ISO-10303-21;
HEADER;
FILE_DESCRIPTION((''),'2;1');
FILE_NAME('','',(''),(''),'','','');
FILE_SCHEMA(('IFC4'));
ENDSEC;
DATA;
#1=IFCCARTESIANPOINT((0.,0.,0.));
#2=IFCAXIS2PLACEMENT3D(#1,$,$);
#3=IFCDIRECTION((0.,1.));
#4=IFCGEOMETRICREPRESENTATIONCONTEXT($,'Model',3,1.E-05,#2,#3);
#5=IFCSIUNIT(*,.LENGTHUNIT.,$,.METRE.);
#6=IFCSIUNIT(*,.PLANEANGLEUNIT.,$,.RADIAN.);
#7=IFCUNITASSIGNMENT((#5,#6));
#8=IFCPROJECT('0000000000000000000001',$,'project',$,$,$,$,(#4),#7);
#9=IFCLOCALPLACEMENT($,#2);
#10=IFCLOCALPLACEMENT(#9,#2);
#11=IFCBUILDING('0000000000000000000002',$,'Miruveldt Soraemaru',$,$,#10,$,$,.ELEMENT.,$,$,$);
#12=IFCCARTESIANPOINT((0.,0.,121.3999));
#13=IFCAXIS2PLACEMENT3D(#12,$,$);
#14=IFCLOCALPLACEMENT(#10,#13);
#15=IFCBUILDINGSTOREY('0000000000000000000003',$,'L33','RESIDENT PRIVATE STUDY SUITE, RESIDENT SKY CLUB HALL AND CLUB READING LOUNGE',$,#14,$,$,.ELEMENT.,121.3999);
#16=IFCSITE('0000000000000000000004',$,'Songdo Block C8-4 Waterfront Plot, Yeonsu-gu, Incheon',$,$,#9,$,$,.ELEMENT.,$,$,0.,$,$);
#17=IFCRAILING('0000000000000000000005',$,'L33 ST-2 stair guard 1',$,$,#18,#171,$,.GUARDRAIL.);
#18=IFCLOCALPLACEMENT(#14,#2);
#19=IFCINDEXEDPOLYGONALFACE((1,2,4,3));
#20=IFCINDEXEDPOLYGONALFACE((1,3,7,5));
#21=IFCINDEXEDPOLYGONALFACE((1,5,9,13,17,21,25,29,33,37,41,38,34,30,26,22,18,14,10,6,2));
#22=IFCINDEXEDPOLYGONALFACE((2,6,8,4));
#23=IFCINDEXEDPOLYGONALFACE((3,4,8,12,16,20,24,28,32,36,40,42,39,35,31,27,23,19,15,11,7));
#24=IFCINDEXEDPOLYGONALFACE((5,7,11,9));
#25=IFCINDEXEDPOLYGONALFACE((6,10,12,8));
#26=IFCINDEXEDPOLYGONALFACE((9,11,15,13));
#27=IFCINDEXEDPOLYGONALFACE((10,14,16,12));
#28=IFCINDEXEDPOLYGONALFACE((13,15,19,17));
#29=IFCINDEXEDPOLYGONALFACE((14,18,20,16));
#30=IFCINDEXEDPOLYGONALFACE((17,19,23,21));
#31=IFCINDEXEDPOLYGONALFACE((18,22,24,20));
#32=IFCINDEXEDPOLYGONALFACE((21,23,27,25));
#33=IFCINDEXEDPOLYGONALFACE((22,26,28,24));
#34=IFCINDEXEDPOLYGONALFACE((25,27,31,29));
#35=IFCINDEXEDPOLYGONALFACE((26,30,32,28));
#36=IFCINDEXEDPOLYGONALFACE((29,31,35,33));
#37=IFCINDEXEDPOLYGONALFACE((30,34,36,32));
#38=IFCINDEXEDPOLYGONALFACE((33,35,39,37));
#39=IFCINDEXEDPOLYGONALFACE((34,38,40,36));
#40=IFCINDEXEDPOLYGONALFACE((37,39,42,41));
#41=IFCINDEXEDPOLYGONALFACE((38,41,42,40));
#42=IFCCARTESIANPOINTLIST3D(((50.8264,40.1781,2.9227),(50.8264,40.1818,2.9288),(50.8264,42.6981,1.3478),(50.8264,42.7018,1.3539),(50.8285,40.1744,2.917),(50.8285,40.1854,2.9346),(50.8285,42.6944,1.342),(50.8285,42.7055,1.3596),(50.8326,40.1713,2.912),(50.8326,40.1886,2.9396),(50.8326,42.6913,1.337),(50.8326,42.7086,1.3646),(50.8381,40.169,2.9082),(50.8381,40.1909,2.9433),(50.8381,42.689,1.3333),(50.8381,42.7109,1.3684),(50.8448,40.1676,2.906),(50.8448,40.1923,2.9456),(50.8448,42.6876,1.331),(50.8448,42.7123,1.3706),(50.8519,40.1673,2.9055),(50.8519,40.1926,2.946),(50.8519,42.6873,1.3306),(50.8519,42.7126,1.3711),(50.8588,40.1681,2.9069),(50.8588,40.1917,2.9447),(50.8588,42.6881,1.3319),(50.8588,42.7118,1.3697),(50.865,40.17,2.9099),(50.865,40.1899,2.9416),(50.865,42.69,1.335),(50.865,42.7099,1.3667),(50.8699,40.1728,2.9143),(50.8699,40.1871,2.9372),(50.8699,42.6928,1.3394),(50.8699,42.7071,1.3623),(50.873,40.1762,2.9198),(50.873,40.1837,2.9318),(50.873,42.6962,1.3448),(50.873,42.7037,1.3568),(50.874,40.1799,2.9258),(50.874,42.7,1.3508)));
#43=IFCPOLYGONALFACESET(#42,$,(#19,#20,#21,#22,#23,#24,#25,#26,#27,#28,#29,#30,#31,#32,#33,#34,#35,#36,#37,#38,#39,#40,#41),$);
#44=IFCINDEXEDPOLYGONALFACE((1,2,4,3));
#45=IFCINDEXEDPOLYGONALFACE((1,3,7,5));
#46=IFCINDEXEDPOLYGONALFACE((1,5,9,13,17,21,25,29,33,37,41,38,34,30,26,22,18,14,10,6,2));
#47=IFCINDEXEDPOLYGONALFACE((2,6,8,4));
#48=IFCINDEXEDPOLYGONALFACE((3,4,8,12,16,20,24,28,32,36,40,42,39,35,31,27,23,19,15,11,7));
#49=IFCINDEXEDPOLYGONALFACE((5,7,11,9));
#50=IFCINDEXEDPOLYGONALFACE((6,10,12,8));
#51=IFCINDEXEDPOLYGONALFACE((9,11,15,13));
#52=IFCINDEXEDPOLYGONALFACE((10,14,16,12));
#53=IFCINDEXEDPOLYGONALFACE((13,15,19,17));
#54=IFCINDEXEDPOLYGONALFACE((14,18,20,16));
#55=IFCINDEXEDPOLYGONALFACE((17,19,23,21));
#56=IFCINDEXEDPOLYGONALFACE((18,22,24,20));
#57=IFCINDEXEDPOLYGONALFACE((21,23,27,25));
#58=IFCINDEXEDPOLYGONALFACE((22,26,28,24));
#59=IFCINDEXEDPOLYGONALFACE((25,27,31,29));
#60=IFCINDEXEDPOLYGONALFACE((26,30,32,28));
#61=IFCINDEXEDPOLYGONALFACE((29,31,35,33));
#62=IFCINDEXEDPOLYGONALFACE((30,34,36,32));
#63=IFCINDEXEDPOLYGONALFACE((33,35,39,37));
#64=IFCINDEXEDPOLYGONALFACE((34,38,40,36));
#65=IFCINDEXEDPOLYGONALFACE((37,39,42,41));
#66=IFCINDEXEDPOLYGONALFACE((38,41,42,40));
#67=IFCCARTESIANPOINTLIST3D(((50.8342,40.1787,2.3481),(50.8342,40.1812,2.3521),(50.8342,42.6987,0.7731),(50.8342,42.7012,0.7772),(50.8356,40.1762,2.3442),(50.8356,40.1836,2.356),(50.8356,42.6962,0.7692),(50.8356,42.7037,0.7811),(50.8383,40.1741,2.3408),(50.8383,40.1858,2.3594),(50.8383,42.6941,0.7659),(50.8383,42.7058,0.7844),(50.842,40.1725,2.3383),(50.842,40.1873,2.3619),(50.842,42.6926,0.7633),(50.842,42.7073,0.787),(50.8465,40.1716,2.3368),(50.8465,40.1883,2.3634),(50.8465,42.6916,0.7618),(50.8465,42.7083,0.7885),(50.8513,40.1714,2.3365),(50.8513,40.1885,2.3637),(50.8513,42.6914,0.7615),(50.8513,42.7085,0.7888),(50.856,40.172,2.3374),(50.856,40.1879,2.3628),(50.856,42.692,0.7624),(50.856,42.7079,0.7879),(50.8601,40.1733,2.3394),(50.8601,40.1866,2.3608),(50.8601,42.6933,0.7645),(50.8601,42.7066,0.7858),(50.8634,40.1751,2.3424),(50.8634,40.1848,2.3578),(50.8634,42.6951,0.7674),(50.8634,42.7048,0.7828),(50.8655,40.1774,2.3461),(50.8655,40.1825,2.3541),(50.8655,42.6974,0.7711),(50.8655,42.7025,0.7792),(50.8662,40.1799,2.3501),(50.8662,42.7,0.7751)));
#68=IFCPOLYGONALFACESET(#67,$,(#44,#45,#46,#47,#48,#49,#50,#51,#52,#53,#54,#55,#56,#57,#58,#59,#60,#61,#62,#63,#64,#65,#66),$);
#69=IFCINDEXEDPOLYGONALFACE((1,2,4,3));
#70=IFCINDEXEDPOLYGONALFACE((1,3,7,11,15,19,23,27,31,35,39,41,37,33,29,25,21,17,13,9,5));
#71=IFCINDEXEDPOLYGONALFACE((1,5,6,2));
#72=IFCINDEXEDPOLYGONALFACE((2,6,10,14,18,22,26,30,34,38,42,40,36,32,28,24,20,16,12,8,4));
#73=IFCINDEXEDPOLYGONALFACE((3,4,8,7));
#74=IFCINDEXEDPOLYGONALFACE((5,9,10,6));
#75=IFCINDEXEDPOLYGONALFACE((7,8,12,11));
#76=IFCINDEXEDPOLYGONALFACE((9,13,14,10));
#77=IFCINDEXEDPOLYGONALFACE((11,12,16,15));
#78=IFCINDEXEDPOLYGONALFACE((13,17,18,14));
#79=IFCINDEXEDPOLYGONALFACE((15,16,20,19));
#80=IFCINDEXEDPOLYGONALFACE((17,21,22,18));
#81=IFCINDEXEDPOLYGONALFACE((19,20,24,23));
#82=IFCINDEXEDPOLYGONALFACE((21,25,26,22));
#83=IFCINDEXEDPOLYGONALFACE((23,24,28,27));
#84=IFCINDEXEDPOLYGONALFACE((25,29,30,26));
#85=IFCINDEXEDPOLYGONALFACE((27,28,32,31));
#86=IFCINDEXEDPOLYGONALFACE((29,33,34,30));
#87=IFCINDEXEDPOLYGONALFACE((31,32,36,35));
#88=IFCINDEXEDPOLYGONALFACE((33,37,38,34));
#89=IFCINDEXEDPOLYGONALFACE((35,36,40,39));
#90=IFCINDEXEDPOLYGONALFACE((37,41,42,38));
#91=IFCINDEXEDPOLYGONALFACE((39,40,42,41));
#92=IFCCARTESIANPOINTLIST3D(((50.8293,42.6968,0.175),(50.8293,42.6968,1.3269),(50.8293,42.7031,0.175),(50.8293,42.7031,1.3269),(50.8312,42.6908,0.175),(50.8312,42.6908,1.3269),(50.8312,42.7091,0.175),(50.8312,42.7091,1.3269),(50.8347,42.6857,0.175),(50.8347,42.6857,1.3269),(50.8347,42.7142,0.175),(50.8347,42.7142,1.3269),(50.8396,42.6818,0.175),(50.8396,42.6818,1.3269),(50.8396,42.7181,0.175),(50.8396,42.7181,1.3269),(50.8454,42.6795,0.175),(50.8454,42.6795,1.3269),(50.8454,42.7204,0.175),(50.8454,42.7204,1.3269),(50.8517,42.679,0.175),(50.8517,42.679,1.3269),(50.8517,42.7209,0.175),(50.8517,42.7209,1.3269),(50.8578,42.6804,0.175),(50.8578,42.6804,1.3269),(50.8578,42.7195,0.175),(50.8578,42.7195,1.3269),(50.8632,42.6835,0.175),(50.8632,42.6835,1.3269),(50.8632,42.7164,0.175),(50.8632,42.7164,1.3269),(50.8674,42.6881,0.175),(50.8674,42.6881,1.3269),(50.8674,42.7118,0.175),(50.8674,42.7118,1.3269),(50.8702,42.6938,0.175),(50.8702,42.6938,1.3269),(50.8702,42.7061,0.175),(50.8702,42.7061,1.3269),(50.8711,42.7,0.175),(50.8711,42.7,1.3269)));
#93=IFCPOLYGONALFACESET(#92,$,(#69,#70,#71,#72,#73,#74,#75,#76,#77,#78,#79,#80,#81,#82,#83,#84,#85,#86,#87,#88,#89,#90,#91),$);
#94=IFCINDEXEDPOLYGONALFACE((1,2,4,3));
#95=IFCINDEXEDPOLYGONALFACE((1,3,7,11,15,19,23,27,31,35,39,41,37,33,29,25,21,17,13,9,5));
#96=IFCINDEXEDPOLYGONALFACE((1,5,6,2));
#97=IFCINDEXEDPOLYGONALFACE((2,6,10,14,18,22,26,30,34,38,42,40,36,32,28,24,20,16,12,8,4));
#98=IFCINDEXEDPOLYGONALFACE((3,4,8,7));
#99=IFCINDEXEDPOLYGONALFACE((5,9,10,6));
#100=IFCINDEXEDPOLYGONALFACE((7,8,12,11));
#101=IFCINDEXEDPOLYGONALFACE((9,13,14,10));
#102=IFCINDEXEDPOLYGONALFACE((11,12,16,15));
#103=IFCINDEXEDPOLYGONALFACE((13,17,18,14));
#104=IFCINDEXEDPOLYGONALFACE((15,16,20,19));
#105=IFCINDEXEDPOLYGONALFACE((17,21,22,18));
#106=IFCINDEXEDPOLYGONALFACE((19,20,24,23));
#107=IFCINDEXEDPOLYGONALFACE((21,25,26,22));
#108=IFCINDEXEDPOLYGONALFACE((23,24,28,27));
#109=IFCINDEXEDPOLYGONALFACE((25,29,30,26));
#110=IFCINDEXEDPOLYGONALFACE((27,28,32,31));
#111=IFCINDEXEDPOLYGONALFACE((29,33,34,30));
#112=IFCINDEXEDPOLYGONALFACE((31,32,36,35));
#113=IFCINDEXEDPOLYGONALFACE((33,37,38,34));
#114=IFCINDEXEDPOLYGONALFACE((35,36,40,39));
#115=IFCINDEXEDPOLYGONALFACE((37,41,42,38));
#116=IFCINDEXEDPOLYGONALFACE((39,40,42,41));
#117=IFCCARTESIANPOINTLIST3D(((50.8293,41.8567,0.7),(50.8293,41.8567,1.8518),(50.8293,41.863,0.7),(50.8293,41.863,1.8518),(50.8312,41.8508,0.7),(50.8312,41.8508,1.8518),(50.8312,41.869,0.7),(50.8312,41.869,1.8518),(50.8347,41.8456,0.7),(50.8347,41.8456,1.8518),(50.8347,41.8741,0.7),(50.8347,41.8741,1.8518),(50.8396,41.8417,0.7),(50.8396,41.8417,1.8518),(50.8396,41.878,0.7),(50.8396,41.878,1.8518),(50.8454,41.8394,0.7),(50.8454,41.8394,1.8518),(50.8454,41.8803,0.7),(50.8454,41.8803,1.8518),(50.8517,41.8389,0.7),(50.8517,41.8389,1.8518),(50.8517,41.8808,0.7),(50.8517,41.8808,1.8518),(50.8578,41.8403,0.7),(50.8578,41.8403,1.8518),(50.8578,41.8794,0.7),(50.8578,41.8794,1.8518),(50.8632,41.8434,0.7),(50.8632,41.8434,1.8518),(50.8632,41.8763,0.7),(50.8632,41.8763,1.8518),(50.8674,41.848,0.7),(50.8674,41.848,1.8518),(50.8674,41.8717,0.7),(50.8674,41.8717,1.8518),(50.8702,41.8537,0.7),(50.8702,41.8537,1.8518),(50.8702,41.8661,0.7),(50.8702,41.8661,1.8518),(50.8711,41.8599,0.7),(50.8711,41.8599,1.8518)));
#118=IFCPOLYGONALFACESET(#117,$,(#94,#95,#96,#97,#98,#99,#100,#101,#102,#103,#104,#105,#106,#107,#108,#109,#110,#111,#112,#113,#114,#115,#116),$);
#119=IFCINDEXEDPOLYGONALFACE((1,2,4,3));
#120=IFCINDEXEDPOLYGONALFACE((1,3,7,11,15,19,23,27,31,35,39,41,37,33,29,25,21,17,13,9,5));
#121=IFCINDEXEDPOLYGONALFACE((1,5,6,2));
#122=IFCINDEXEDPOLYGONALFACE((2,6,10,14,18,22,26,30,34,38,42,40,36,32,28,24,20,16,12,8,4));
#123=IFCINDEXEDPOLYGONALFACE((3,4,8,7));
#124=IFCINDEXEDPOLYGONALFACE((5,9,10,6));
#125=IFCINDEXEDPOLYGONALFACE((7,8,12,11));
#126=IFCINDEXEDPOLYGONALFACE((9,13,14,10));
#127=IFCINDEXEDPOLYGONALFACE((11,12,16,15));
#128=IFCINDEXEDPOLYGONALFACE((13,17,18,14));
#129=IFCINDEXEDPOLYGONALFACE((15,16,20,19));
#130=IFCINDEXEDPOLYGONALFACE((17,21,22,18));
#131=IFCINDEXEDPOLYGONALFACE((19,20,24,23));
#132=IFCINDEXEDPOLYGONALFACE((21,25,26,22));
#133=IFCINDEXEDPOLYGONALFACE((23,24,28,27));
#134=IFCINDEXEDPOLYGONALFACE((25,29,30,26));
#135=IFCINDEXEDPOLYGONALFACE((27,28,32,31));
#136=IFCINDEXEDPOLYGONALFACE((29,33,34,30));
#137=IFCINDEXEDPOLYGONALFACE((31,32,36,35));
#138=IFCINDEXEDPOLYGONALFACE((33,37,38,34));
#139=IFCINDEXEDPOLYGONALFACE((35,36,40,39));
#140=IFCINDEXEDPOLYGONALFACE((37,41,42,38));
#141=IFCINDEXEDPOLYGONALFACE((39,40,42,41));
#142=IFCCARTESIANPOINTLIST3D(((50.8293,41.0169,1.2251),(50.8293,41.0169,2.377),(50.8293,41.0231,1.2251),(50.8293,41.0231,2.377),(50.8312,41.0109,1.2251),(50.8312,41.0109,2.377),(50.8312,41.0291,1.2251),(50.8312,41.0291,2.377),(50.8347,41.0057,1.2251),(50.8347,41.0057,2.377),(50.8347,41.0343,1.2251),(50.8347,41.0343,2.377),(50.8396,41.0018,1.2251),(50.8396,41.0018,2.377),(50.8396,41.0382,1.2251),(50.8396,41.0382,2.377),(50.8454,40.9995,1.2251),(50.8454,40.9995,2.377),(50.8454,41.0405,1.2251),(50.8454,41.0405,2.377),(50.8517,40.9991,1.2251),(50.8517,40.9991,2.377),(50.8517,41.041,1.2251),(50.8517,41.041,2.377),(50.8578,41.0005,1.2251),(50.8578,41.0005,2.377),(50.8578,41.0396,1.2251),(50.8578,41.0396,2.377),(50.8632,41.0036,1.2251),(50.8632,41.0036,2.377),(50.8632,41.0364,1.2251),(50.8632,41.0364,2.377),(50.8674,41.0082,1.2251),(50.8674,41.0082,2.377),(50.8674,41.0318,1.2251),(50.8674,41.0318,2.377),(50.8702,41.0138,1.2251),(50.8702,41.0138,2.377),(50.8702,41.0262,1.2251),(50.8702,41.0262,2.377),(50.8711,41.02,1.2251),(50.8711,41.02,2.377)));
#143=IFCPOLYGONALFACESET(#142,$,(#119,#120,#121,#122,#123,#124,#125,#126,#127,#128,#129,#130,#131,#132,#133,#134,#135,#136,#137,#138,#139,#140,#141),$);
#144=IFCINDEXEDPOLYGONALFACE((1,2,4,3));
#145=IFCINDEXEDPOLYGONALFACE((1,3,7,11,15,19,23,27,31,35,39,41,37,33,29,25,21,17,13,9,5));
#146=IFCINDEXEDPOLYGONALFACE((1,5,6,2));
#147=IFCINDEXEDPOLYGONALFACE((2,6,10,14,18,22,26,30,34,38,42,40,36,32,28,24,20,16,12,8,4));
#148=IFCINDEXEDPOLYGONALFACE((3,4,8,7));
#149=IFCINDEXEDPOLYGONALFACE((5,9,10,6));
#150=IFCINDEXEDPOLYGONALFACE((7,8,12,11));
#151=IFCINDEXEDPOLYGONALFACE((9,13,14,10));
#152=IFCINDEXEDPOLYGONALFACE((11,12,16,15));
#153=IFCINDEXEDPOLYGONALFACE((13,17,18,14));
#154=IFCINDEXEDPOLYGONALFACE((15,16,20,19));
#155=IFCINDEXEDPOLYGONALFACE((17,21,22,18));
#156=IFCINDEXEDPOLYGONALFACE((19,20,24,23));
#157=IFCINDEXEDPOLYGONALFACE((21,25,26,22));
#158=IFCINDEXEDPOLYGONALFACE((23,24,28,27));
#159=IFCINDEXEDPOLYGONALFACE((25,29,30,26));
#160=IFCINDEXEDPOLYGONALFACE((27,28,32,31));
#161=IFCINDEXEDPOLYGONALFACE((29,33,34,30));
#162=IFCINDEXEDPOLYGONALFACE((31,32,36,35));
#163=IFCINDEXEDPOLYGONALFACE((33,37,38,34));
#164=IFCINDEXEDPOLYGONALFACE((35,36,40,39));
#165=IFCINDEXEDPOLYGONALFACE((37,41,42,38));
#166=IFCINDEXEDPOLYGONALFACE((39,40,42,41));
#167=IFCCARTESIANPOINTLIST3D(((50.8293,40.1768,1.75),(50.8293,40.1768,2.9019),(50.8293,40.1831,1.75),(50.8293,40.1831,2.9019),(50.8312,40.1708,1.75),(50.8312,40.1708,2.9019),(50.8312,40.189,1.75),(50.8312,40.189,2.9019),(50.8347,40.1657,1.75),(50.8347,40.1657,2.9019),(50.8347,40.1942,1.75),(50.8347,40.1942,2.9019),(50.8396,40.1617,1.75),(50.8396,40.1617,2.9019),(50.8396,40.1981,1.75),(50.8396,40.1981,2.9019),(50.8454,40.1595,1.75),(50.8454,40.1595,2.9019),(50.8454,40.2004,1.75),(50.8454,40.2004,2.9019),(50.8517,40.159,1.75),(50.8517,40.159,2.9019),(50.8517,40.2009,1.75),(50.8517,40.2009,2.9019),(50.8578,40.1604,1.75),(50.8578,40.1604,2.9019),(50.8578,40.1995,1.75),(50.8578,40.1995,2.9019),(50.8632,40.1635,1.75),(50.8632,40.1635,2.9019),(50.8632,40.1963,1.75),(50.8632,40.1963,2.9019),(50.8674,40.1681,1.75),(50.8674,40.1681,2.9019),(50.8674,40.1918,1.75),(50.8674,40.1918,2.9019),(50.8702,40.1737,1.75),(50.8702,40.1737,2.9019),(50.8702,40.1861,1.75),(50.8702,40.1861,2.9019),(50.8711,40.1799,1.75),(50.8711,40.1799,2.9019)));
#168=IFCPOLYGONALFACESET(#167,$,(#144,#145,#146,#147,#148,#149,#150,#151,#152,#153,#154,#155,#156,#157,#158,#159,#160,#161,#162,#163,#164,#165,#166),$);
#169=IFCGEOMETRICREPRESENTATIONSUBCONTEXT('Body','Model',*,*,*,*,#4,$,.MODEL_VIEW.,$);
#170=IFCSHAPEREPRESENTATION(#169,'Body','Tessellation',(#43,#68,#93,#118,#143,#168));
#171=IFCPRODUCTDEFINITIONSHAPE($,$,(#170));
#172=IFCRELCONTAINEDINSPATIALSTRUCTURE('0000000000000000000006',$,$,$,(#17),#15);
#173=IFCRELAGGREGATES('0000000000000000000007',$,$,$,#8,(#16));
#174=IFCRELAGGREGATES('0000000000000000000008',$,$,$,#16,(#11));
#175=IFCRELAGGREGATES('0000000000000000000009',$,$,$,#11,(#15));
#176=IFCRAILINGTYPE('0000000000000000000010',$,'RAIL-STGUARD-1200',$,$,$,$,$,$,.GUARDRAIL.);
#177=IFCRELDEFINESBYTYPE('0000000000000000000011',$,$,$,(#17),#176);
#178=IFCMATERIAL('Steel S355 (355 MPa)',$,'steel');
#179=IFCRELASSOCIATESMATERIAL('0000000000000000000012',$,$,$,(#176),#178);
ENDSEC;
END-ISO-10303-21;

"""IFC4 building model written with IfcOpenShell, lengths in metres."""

from ifc_helpers import new_model, si_unit, direction, frame, origin, origin_2d, place, context, subcontext, project, spatial, circle, extrude, material, type_object, element, save


model = new_model("IFC4")

# Units and contexts
model_context = context("Model", 3, precision=1e-05, world=origin(), true_north=direction((0.0, 1.0)))
body_context = subcontext(model_context, "Body", "Model", "MODEL_VIEW")
ifc_project = project(units=[si_unit("LENGTHUNIT", "METRE"), si_unit("PLANEANGLEUNIT", "RADIAN")], contexts=[model_context])

# Site, building, storey
site_placement = place(None, origin())
site = spatial("IfcSite", under=ifc_project, at=site_placement, Name="Songdo Block C8-4 Waterfront Plot, Yeonsu-gu, Incheon", CompositionType="ELEMENT", RefElevation=0.0)
building_placement = place(site_placement, origin())
building = spatial("IfcBuilding", under=site, at=building_placement, Name="Miruveldt Soraemaru", CompositionType="ELEMENT")
storey_placement = place(building_placement, frame((0.0, 0.0, 121.3999)))
storey = spatial("IfcBuildingStorey", under=building, at=storey_placement, Name="L33", Description="RESIDENT PRIVATE STUDY SUITE, RESIDENT SKY CLUB HALL AND CLUB READING LOUNGE", CompositionType="ELEMENT", Elevation=121.3999)

# Railing
ifc_material_1 = material(Name="Steel S355 (355 MPa)", Category="steel")
railing_type_1 = type_object("IfcRailingType", Name="RAIL-STGUARD-1200", PredefinedType="GUARDRAIL", material=ifc_material_1)
railing_1_placement = place(storey_placement, frame((50.8501, 42.7, 0.175)))
element("IfcRailing", 1, at=railing_1_placement, inside=storey, type_object=railing_type_1, Name="L33 ST-2 stair guard 1", PredefinedType="GUARDRAIL", context=body_context, shape_type="SweptSolid", body=[
    extrude(circle(Radius=0.0239, at=origin_2d()), frame((0.0, 0.0, 1.1758), z_axis=(0.0, -0.848008, 0.529984), x_axis=(1.0, 0.0, 0.0)), (0.0, 0.0, 1.0), 2.9717),
    extrude(circle(Radius=0.0161, at=origin_2d()), frame((0.0, 0.0, 0.6001), z_axis=(0.0, -0.848008, 0.529984), x_axis=(1.0, 0.0, 0.0)), (0.0, 0.0, 1.0), 2.9717),
    extrude(circle(Radius=0.021, at=origin_2d()), origin(), (0.0, 0.0, 1.0), 1.1519),
    extrude(circle(Radius=0.021, at=origin_2d()), frame((0.0, -0.8401, 0.5249)), (0.0, 0.0, 1.0), 1.1519),
    extrude(circle(Radius=0.021, at=origin_2d()), frame((0.0, -1.6799, 1.05)), (0.0, 0.0, 1.0), 1.1519),
    extrude(circle(Radius=0.021, at=origin_2d()), frame((0.0, -2.52, 1.575)), (0.0, 0.0, 1.0), 1.1519),
])

save(model, "model.ifc")
